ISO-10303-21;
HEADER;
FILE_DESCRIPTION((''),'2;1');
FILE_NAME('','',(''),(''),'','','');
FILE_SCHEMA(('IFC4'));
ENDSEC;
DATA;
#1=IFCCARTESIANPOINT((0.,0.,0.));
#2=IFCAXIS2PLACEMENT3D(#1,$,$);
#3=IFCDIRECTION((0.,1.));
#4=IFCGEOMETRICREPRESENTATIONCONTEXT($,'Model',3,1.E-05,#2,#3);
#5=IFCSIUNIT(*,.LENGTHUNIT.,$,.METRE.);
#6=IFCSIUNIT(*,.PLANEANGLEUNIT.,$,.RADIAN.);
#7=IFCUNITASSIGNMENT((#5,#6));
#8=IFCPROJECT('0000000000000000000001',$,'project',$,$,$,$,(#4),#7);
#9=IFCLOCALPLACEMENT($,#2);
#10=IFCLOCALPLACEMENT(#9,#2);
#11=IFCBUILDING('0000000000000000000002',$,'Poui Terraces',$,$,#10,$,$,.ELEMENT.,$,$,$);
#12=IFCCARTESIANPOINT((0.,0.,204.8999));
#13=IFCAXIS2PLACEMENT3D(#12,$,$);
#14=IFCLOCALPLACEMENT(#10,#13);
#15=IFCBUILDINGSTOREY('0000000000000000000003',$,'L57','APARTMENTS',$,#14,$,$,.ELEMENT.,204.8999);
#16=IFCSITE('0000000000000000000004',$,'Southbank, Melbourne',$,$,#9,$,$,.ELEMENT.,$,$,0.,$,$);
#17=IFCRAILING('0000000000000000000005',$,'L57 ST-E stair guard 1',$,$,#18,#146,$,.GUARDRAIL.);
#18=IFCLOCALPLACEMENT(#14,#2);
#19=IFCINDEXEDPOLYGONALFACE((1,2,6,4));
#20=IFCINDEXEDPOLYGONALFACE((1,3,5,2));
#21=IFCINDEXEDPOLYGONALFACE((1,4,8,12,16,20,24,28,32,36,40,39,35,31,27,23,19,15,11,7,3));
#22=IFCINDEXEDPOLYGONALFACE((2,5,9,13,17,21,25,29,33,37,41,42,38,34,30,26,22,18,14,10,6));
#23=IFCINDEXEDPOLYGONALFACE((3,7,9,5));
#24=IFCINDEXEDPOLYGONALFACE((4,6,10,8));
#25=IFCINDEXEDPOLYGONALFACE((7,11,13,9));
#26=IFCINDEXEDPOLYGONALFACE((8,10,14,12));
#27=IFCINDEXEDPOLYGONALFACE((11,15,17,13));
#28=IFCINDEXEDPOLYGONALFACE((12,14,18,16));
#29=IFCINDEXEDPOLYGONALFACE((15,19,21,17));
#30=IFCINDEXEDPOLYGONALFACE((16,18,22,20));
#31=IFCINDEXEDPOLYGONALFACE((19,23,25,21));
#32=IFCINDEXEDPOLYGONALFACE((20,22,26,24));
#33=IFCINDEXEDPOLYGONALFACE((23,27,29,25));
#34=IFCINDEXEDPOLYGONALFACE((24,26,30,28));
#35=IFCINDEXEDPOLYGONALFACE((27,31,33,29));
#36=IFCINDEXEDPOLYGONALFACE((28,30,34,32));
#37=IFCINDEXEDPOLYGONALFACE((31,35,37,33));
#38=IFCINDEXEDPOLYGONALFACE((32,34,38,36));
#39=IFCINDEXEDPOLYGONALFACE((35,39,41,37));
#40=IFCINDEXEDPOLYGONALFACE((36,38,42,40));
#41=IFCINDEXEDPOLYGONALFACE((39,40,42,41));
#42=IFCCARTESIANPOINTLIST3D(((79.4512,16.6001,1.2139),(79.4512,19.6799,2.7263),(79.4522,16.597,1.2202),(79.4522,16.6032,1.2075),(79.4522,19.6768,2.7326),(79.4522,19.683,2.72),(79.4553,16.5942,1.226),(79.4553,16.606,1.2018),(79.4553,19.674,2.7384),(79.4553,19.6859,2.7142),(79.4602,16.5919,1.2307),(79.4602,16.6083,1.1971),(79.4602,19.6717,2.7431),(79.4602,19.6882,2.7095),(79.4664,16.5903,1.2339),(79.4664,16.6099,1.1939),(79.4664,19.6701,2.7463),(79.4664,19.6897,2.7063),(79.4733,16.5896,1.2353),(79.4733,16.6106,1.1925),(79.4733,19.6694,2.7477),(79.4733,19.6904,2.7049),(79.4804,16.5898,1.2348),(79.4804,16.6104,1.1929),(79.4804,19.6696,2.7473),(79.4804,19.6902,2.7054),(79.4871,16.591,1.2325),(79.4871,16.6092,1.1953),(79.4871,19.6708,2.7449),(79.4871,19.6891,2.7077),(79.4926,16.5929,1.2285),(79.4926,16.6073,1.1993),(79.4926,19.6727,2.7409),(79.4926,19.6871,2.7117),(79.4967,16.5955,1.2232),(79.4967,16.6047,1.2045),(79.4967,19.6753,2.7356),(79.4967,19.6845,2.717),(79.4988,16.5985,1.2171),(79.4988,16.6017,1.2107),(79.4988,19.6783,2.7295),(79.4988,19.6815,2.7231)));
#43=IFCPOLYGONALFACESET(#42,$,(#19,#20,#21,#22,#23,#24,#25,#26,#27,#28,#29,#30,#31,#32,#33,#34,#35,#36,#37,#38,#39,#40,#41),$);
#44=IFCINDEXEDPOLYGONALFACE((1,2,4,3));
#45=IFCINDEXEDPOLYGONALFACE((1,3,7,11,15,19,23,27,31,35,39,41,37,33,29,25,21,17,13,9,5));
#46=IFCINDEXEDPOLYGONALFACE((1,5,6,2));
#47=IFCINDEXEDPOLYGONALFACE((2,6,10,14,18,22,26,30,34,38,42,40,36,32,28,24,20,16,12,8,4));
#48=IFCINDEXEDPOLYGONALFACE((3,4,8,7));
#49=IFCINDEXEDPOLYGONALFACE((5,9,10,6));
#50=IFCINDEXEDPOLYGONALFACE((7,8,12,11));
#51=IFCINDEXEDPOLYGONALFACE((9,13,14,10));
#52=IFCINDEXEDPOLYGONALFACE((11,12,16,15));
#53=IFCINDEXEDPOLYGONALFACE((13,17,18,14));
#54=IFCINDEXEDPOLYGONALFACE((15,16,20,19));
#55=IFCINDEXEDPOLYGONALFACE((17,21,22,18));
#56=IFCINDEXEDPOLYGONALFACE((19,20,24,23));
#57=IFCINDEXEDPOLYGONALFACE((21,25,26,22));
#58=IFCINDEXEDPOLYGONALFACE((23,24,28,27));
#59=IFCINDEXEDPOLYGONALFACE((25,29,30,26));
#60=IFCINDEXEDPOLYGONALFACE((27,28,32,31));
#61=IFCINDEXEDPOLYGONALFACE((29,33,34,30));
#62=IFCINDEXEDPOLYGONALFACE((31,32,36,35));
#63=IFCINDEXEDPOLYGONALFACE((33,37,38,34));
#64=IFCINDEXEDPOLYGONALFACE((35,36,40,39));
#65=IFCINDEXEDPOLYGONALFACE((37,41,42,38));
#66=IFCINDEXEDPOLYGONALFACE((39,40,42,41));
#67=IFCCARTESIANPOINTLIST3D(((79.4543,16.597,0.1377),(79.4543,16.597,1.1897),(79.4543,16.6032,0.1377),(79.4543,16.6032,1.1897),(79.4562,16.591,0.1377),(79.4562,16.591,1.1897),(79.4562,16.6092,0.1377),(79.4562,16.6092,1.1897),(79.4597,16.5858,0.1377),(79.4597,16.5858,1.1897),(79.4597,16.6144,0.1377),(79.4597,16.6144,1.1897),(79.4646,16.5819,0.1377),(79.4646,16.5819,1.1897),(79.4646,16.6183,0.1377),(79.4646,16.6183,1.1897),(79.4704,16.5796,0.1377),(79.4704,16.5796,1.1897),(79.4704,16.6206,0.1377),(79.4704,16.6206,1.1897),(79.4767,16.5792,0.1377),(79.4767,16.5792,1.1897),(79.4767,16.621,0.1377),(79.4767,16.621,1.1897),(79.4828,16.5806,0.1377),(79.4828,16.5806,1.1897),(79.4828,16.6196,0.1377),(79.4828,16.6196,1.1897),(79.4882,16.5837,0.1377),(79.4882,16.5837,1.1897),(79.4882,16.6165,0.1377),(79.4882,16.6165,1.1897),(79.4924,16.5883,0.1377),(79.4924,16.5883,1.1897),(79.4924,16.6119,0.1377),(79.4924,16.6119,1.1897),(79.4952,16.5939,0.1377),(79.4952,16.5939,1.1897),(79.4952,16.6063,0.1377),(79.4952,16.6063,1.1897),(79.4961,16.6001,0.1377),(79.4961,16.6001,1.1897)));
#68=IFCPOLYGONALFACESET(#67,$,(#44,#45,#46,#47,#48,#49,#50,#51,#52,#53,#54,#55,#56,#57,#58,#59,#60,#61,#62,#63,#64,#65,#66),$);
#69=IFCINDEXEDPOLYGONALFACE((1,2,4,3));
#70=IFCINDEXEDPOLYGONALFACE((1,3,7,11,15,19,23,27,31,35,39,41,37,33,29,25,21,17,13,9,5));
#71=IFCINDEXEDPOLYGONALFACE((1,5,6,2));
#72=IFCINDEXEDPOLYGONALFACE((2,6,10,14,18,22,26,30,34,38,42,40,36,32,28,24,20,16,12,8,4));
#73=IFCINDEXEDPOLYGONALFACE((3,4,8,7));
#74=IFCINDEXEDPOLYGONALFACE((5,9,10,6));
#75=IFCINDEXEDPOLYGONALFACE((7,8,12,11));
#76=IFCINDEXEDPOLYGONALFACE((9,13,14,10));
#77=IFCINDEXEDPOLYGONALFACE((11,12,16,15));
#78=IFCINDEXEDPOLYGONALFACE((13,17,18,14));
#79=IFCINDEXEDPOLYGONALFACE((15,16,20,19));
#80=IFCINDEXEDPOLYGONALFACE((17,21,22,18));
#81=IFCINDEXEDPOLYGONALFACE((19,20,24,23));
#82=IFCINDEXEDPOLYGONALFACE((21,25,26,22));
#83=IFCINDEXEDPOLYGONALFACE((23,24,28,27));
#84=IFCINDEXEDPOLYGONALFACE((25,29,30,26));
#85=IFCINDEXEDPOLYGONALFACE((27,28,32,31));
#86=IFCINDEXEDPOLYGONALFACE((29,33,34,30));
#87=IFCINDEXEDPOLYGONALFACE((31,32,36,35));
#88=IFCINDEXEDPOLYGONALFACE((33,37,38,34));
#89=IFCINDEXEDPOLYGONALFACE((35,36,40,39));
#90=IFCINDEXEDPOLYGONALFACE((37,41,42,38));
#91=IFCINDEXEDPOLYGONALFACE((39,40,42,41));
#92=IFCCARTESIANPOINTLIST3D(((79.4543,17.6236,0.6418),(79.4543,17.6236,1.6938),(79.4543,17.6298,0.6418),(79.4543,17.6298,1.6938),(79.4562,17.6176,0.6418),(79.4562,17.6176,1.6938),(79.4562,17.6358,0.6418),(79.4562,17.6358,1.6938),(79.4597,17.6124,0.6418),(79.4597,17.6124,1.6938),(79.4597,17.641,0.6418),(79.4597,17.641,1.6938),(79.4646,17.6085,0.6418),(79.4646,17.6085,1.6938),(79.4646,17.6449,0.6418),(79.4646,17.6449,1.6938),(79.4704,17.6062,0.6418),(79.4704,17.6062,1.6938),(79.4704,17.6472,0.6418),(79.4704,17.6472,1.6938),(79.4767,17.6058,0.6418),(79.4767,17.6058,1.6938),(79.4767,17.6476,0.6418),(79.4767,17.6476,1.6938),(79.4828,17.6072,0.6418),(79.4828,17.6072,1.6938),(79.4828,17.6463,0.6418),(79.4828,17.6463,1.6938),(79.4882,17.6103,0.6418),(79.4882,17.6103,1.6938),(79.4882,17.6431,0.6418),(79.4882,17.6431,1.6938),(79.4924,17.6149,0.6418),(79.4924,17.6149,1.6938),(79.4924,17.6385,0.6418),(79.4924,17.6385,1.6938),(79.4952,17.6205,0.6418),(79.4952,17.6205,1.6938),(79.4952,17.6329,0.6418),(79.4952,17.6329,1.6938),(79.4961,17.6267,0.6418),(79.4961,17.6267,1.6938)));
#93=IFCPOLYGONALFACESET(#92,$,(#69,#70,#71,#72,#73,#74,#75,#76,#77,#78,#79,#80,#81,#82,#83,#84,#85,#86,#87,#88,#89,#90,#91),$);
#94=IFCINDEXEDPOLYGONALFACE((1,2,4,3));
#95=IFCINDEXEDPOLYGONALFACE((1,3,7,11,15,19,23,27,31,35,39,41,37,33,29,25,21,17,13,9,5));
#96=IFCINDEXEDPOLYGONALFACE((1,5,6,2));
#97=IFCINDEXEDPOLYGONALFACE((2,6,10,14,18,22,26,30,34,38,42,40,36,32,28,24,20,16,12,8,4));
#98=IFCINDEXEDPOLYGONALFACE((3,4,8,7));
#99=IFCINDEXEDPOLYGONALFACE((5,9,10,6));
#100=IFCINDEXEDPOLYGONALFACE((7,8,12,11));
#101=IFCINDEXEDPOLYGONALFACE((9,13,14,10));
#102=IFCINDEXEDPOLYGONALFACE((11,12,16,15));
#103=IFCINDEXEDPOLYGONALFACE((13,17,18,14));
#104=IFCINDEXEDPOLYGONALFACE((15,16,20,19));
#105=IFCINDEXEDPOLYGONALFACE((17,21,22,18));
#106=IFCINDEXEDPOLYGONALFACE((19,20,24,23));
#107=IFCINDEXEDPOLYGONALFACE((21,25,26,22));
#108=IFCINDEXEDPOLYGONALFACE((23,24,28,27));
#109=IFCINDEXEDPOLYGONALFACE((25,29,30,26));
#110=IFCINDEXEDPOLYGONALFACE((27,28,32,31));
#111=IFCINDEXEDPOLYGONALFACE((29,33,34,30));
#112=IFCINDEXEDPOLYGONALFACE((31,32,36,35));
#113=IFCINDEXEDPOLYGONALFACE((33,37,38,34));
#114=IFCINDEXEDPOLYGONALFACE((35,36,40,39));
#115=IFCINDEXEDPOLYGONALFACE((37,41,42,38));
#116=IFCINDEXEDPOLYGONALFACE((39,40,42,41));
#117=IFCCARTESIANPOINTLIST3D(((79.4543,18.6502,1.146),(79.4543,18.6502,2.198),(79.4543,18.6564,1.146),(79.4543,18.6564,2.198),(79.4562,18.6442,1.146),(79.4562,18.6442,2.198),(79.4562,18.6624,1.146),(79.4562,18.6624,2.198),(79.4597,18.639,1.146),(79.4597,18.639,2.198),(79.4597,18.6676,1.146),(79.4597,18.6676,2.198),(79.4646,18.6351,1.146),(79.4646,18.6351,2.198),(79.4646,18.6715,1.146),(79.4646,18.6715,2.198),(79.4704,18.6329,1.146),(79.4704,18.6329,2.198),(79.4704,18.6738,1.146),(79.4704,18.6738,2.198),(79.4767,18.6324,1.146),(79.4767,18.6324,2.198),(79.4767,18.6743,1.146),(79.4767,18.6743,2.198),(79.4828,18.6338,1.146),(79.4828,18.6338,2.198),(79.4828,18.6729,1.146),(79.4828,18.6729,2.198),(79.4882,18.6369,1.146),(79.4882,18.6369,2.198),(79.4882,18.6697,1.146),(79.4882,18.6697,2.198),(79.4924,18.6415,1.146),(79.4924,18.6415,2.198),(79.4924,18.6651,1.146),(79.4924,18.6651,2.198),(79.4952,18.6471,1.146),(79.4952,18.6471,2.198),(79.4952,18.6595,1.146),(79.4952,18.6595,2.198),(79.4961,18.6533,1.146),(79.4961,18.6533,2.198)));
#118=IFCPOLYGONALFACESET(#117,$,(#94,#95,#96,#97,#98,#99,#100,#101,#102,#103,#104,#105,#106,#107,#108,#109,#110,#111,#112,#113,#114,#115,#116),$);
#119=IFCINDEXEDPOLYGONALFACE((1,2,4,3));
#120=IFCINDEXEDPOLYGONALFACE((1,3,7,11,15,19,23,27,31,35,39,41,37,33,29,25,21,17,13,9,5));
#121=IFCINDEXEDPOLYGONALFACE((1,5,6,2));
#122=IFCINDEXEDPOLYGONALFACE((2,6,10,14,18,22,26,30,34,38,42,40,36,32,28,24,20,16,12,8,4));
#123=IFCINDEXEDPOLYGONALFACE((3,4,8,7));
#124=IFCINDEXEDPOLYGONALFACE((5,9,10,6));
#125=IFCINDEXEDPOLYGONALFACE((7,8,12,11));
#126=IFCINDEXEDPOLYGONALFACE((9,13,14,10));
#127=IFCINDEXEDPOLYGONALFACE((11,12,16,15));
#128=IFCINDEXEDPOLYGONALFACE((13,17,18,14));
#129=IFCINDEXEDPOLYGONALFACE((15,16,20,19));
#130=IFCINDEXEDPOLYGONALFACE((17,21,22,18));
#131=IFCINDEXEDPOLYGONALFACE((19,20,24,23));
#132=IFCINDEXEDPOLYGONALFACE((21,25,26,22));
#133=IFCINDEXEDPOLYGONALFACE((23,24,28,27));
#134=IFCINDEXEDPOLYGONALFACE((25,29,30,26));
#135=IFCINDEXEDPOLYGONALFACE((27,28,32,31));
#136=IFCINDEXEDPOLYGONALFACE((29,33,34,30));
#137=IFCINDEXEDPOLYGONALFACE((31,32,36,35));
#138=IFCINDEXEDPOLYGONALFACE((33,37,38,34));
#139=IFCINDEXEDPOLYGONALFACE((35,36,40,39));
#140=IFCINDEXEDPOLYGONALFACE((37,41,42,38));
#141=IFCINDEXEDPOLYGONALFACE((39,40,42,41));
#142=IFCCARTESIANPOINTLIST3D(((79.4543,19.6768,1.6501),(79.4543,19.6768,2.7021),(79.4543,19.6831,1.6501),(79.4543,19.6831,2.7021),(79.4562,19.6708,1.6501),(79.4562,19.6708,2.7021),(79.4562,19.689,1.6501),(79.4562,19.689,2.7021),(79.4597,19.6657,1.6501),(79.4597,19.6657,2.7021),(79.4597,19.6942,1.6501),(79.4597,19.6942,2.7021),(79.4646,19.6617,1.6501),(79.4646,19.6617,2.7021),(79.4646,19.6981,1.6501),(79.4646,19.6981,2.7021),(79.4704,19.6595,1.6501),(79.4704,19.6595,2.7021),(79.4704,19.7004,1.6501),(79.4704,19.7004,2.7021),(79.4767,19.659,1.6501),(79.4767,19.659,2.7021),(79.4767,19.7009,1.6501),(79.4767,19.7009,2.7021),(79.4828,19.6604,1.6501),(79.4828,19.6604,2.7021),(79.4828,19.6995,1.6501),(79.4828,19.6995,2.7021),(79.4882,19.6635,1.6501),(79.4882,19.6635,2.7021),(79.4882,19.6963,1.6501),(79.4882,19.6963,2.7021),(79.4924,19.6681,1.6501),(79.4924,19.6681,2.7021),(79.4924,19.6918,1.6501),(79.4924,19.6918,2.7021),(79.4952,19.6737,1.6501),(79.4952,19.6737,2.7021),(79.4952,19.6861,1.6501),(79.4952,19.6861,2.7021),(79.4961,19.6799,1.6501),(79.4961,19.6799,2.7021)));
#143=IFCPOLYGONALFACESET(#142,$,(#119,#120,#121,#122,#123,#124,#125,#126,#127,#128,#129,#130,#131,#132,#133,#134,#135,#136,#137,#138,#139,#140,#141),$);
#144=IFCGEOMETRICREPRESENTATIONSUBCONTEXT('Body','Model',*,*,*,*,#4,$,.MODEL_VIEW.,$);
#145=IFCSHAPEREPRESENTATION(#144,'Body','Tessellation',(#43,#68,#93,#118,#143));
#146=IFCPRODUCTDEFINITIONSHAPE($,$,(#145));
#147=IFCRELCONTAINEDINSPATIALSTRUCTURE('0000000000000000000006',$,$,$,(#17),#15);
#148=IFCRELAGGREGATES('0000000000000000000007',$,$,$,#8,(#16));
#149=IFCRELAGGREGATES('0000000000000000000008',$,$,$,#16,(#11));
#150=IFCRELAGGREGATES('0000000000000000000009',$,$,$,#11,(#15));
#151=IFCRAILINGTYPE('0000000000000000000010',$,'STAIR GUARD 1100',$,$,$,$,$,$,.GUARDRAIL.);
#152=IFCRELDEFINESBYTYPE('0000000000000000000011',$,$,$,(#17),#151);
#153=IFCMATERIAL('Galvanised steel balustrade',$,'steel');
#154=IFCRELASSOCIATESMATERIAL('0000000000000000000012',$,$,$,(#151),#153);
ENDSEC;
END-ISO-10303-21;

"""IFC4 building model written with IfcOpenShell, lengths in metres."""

from ifc_helpers import new_model, si_unit, direction, frame, origin, origin_2d, place, context, subcontext, project, spatial, circle, extrude, material, type_object, element, save


model = new_model("IFC4")

# Units and contexts
model_context = context("Model", 3, precision=1e-05, world=origin(), true_north=direction((0.0, 1.0)))
body_context = subcontext(model_context, "Body", "Model", "MODEL_VIEW")
ifc_project = project(units=[si_unit("LENGTHUNIT", "METRE"), si_unit("PLANEANGLEUNIT", "RADIAN")], contexts=[model_context])

# Site, building, storey
site_placement = place(None, origin())
site = spatial("IfcSite", under=ifc_project, at=site_placement, Name="Southbank, Melbourne", CompositionType="ELEMENT", RefElevation=0.0)
building_placement = place(site_placement, origin())
building = spatial("IfcBuilding", under=site, at=building_placement, Name="Poui Terraces", CompositionType="ELEMENT")
storey_placement = place(building_placement, frame((0.0, 0.0, 204.8999)))
storey = spatial("IfcBuildingStorey", under=building, at=storey_placement, Name="L57", Description="APARTMENTS", CompositionType="ELEMENT", Elevation=204.8999)

# Railing
ifc_material_1 = material(Name="Galvanised steel balustrade", Category="steel")
railing_type_1 = type_object("IfcRailingType", Name="STAIR GUARD 1100", PredefinedType="GUARDRAIL", material=ifc_material_1)
railing_1_placement = place(storey_placement, frame((79.4751, 16.6001, 0.1377)))
element("IfcRailing", 1, at=railing_1_placement, inside=storey, type_object=railing_type_1, Name="L57 ST-E stair guard 1", PredefinedType="GUARDRAIL", context=body_context, shape_type="SweptSolid", body=[
    extrude(circle(Radius=0.0239, at=origin_2d()), frame((0.0, 0.0, 1.0762), z_axis=(0.0, 0.897606, 0.440798), x_axis=(-1.0, 0.0, 0.0)), (0.0, 0.0, 1.0), 3.4312),
    extrude(circle(Radius=0.021, at=origin_2d()), origin(), (0.0, 0.0, 1.0), 1.052),
    extrude(circle(Radius=0.021, at=origin_2d()), frame((0.0, 1.0266, 0.5042)), (0.0, 0.0, 1.0), 1.052),
    extrude(circle(Radius=0.021, at=origin_2d()), frame((0.0, 2.0532, 1.0083)), (0.0, 0.0, 1.0), 1.052),
    extrude(circle(Radius=0.021, at=origin_2d()), frame((0.0, 3.0798, 1.5125)), (0.0, 0.0, 1.0), 1.052),
])

save(model, "model.ifc")
